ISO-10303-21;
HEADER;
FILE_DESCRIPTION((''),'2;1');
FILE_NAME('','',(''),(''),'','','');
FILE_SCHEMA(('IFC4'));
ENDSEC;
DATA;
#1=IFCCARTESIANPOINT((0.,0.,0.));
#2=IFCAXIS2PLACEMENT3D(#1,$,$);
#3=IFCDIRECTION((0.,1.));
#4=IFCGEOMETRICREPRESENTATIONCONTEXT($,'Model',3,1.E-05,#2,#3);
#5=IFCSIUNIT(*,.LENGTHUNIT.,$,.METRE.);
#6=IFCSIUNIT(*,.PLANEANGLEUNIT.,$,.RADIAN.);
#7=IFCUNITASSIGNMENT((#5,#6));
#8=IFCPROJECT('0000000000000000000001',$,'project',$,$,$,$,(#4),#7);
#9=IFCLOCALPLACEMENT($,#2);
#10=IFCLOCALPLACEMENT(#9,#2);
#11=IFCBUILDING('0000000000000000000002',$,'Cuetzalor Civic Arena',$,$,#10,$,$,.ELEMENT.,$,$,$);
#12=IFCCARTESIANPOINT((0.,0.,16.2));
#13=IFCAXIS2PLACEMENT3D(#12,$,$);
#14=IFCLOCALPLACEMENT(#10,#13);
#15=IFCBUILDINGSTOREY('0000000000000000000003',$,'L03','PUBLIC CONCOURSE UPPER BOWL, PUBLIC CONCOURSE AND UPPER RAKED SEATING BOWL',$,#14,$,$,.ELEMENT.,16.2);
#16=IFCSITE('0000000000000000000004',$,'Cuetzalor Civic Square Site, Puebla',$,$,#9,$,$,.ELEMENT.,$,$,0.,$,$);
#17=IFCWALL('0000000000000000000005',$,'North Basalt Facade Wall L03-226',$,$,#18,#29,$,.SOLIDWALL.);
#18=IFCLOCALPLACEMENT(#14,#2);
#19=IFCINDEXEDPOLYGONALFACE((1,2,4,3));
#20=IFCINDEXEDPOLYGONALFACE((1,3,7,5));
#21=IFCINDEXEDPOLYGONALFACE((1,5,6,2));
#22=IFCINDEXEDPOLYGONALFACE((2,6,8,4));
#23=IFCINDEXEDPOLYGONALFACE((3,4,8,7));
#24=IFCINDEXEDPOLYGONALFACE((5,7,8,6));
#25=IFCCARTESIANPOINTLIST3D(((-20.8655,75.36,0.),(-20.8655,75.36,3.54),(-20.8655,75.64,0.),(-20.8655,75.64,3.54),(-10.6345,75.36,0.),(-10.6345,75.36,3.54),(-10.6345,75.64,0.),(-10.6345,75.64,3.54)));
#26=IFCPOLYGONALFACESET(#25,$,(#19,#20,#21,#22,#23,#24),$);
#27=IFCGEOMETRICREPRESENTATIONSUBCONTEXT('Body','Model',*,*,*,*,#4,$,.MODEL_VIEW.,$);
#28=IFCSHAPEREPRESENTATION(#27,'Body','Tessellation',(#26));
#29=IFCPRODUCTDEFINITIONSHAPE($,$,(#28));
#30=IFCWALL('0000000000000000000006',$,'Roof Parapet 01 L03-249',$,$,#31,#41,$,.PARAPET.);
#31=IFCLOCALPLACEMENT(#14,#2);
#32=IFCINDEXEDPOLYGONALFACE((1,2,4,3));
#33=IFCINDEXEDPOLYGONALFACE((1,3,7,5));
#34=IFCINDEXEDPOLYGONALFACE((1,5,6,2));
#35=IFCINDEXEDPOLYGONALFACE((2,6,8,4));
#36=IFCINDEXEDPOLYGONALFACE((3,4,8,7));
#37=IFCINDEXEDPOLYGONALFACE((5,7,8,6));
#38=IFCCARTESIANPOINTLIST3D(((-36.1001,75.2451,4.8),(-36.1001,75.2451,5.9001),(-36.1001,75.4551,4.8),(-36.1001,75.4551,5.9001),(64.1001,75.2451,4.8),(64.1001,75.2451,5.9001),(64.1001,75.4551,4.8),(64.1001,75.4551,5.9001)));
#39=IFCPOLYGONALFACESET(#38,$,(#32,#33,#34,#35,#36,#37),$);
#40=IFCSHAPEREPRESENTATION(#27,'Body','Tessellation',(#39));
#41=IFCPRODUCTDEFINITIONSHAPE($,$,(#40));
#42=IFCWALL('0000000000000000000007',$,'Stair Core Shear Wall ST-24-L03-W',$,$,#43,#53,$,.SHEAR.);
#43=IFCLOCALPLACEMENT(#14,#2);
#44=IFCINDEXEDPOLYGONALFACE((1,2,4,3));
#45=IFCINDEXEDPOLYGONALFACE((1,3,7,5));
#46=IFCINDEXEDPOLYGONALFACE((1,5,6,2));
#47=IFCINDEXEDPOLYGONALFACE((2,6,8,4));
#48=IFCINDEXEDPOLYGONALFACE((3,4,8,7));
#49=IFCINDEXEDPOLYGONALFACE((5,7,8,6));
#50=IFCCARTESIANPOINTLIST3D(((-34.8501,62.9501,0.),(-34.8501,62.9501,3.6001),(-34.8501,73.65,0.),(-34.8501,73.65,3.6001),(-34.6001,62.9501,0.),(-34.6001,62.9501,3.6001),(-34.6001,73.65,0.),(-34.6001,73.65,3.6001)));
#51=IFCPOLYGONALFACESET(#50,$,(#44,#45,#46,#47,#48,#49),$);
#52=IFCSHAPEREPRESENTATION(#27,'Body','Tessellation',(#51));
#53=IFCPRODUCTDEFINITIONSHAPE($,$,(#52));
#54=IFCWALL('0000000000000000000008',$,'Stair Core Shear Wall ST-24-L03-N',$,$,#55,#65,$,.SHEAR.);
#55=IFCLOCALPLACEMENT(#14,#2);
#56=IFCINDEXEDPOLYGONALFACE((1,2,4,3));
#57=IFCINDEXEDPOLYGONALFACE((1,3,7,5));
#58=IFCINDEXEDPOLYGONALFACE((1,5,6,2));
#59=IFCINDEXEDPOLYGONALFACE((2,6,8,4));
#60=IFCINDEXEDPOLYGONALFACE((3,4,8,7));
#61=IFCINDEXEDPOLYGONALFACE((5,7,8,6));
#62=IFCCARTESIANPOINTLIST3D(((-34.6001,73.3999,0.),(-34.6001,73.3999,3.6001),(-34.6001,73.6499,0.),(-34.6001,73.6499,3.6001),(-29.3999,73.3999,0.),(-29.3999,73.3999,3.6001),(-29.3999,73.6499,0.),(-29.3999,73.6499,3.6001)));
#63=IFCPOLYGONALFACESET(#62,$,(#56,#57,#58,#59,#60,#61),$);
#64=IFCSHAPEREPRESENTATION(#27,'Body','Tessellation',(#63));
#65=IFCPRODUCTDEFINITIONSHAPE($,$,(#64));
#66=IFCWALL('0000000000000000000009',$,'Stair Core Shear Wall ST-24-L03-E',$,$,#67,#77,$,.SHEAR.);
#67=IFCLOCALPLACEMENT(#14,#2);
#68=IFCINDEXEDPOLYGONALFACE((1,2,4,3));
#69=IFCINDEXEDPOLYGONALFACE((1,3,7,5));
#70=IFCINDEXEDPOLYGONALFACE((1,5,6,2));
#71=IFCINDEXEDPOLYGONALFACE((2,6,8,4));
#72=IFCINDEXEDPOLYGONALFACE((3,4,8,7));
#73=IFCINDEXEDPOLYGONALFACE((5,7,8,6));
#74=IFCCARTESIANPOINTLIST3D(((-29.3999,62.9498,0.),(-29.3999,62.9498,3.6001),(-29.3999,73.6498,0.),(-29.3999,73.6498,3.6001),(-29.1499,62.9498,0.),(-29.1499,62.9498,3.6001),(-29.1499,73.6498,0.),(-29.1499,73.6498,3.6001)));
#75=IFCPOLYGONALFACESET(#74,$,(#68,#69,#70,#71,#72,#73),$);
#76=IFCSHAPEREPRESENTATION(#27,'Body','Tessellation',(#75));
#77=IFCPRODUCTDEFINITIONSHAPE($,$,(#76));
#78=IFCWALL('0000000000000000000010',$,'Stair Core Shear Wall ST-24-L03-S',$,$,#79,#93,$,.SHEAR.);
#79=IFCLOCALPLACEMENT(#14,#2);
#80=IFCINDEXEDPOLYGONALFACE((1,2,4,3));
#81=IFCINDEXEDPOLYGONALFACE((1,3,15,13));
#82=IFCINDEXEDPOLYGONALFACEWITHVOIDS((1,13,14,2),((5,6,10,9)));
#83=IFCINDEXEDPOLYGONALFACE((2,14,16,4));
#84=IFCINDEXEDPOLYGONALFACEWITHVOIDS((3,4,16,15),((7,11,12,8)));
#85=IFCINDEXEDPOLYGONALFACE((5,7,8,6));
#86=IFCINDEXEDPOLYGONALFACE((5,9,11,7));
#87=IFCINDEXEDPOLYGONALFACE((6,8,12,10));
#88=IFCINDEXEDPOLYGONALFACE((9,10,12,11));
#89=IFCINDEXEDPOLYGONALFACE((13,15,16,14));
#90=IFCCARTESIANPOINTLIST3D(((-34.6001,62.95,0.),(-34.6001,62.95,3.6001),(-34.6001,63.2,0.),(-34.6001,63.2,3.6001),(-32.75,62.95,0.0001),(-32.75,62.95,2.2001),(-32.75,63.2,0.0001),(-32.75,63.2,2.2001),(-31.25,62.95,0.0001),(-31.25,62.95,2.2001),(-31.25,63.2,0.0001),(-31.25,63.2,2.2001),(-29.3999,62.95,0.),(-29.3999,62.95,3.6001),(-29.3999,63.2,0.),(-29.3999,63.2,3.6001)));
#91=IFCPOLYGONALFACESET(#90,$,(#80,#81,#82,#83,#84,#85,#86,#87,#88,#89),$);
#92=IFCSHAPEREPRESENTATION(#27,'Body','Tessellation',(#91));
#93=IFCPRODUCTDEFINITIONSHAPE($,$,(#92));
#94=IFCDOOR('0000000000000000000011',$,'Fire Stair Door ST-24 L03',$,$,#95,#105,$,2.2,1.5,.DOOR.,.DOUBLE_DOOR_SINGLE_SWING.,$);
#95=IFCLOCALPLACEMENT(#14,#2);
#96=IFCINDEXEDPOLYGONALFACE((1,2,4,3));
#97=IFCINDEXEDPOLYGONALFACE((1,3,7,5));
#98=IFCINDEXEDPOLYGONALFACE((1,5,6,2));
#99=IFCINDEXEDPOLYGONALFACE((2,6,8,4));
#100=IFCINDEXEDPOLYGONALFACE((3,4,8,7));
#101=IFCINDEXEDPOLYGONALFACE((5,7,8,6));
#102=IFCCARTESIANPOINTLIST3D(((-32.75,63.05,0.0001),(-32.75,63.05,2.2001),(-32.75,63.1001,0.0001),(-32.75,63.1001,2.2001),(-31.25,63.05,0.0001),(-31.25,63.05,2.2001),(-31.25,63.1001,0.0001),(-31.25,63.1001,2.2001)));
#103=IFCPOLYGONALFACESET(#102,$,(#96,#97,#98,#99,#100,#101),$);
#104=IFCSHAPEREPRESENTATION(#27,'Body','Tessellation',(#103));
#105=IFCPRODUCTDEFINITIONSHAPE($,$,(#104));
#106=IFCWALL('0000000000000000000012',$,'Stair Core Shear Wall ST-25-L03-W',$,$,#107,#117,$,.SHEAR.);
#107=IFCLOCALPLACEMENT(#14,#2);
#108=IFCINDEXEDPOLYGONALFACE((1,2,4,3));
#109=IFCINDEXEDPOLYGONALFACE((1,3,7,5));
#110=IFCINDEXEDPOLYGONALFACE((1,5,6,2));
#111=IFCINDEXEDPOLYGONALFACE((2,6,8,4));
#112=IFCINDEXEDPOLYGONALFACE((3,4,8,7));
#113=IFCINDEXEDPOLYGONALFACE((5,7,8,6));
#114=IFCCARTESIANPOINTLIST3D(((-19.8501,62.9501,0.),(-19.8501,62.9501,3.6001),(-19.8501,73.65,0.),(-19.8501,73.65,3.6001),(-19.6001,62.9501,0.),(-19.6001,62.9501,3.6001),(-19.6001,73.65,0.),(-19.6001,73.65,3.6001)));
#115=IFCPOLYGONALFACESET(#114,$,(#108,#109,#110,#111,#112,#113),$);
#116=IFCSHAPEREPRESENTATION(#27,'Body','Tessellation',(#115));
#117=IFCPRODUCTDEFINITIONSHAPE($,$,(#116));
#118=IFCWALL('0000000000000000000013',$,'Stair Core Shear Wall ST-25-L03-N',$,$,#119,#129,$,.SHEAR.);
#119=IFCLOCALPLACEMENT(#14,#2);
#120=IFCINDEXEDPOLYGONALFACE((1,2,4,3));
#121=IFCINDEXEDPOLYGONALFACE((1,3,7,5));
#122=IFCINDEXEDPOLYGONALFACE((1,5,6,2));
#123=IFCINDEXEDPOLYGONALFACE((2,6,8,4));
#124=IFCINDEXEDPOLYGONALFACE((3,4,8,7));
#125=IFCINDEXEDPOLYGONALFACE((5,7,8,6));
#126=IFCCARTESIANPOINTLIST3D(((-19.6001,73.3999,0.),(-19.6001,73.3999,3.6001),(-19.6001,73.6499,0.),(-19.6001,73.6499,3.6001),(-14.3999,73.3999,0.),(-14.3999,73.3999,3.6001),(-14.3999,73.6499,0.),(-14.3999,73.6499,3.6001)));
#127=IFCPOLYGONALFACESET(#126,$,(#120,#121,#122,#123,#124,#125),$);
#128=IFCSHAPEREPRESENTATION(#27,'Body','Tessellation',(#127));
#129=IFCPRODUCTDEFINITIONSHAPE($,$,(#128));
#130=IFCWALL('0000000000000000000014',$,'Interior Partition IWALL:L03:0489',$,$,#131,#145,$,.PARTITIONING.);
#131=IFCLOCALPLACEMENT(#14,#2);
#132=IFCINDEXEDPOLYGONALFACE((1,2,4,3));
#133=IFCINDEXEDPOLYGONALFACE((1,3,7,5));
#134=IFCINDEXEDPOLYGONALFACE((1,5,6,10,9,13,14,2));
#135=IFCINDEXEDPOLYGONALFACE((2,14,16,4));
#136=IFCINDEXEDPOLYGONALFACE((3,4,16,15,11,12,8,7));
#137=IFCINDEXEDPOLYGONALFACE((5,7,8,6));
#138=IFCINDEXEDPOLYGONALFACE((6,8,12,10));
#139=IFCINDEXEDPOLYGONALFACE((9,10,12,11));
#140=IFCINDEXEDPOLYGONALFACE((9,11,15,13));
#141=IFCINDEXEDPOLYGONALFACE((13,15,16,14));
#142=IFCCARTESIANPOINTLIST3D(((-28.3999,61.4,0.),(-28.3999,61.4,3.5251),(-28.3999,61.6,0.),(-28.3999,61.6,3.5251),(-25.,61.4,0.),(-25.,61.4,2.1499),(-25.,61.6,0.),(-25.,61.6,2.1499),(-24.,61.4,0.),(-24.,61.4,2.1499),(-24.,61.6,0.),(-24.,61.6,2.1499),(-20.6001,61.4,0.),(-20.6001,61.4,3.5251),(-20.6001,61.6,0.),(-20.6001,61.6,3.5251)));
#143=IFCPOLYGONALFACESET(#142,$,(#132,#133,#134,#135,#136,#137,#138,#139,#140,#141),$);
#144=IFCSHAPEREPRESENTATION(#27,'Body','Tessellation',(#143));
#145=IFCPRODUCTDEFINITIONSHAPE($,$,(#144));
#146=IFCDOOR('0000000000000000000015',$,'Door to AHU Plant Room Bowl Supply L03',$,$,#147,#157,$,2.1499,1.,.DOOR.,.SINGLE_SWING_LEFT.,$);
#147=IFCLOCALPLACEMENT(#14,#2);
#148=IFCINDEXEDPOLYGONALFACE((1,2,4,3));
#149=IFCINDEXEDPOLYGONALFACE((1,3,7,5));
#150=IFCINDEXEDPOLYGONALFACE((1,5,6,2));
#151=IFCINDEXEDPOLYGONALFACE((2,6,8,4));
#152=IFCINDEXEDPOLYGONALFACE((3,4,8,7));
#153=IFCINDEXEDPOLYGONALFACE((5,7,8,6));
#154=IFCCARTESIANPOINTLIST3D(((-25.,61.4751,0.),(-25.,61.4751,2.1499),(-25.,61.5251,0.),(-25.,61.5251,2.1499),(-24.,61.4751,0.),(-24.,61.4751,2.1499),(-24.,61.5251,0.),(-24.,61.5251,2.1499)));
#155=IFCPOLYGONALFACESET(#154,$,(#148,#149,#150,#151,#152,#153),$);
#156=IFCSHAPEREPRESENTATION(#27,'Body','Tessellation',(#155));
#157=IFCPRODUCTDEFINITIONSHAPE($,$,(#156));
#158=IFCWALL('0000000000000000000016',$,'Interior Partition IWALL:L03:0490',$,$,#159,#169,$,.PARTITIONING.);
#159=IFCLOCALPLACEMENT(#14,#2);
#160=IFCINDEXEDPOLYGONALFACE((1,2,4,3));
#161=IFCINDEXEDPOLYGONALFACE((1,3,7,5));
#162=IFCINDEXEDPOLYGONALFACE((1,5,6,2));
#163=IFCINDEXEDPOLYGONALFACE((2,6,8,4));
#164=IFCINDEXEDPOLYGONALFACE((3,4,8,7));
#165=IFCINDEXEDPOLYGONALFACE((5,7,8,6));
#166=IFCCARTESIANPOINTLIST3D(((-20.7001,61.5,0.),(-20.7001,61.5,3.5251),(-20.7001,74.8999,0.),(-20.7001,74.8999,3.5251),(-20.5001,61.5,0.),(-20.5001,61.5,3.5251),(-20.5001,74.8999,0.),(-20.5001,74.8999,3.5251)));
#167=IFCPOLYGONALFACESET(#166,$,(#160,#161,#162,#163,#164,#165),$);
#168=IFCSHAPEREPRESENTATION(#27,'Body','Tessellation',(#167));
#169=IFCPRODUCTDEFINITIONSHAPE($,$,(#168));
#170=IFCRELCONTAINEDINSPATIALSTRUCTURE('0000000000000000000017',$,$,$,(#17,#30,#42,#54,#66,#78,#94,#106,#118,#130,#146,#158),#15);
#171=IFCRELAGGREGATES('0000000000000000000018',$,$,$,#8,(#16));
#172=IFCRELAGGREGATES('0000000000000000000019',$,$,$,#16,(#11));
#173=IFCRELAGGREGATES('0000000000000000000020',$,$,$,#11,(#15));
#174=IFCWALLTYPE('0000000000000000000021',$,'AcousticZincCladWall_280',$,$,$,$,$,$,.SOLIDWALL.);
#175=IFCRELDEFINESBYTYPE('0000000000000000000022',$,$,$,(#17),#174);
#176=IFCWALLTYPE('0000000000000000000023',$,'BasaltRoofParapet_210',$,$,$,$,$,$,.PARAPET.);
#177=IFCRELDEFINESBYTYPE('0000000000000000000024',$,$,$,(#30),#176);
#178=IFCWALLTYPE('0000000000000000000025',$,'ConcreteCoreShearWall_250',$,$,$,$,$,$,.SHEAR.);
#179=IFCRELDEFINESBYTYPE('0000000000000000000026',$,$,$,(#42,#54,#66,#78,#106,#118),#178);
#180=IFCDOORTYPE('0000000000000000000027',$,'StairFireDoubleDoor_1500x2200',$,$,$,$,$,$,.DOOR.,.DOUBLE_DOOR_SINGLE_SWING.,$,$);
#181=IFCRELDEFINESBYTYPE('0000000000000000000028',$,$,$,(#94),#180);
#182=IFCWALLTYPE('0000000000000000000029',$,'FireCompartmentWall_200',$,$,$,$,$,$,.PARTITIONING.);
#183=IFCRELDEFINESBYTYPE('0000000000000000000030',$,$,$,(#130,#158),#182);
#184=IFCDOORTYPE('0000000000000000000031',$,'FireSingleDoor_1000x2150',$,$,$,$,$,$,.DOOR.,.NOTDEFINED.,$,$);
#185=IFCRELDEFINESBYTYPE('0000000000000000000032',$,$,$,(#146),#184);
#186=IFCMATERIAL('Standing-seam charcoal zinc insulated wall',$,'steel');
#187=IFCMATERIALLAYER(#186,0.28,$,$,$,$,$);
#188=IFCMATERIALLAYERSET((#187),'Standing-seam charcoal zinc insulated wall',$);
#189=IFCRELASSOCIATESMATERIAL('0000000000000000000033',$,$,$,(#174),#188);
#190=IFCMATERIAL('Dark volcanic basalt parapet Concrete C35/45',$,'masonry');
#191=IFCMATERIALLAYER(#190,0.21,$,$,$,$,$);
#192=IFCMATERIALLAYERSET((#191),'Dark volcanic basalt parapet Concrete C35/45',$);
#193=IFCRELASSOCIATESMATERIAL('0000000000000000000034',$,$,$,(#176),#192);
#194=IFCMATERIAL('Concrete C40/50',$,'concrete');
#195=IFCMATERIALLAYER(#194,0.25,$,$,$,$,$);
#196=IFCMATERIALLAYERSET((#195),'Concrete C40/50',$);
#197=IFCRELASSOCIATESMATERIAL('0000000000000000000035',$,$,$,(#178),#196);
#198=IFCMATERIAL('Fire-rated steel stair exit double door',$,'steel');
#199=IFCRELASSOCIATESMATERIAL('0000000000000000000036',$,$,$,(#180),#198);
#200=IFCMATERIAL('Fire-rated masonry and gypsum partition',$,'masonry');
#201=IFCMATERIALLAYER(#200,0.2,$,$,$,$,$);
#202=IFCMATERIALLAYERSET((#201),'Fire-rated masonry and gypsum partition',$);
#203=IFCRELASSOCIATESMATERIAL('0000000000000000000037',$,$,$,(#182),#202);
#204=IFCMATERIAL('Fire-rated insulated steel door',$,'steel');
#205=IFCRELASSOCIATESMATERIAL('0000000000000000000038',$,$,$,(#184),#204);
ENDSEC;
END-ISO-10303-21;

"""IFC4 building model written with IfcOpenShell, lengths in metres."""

from ifc_helpers import new_model, si_unit, direction, frame, frame_2d, origin, place, context, subcontext, project, spatial, rectangle, extrude, material, layer, layer_set, type_object, element, fill, save


model = new_model("IFC4")

# Units and contexts
model_context = context("Model", 3, precision=1e-05, world=origin(), true_north=direction((0.0, 1.0)))
body_context = subcontext(model_context, "Body", "Model", "MODEL_VIEW")
ifc_project = project(units=[si_unit("LENGTHUNIT", "METRE"), si_unit("PLANEANGLEUNIT", "RADIAN")], contexts=[model_context])

# Site, building, storey
site_placement = place(None, origin())
site = spatial("IfcSite", under=ifc_project, at=site_placement, Name="Cuetzalor Civic Square Site, Puebla", CompositionType="ELEMENT", RefElevation=0.0)
building_placement = place(site_placement, origin())
building = spatial("IfcBuilding", under=site, at=building_placement, Name="Cuetzalor Civic Arena", CompositionType="ELEMENT")
storey_placement = place(building_placement, frame((0.0, 0.0, 16.2)))
storey = spatial("IfcBuildingStorey", under=building, at=storey_placement, Name="L03", Description="PUBLIC CONCOURSE UPPER BOWL, PUBLIC CONCOURSE AND UPPER RAKED SEATING BOWL", CompositionType="ELEMENT", Elevation=16.2)

# Walls
ifc_material_1 = material(Name="Standing-seam charcoal zinc insulated wall", Category="steel")
ifc_layer_1 = layer(ifc_material_1, 0.28)
ifc_layer_set_1 = layer_set([ifc_layer_1], Name="Standing-seam charcoal zinc insulated wall")
wall_type_1 = type_object("IfcWallType", Name="AcousticZincCladWall_280", PredefinedType="SOLIDWALL", material=ifc_layer_set_1)
wall_1_placement = place(storey_placement, frame((-20.8655, 75.5, 0.0), z_axis=(0.0, 0.0, 1.0), x_axis=(1.0, 0.0, 0.0)))
element("IfcWall", 1, at=wall_1_placement, inside=storey, type_object=wall_type_1, Name="North Basalt Facade Wall L03-226", PredefinedType="SOLIDWALL", context=body_context, shape_type="SweptSolid", body=[
    extrude(rectangle(XDim=10.231, YDim=0.28, at=frame_2d((5.1155, 0.0))), origin(), (0.0, 0.0, 1.0), 3.54),
])
ifc_material_2 = material(Name="Dark volcanic basalt parapet Concrete C35/45", Category="masonry")
ifc_layer_2 = layer(ifc_material_2, 0.21)
ifc_layer_set_2 = layer_set([ifc_layer_2], Name="Dark volcanic basalt parapet Concrete C35/45")
wall_type_2 = type_object("IfcWallType", Name="BasaltRoofParapet_210", PredefinedType="PARAPET", material=ifc_layer_set_2)
wall_2_placement = place(storey_placement, frame((-36.1001, 75.3501, 4.8), z_axis=(0.0, 0.0, 1.0), x_axis=(1.0, 0.0, 0.0)))
element("IfcWall", 2, at=wall_2_placement, inside=storey, type_object=wall_type_2, Name="Roof Parapet 01 L03-249", PredefinedType="PARAPET", context=body_context, shape_type="SweptSolid", body=[
    extrude(rectangle(XDim=100.2002, YDim=0.21, at=frame_2d((50.1001, 0.0))), origin(), (0.0, 0.0, 1.0), 1.1001),
])
ifc_material_3 = material(Name="Concrete C40/50", Category="concrete")
ifc_layer_3 = layer(ifc_material_3, 0.25)
ifc_layer_set_3 = layer_set([ifc_layer_3], Name="Concrete C40/50")
wall_type_3 = type_object("IfcWallType", Name="ConcreteCoreShearWall_250", PredefinedType="SHEAR", material=ifc_layer_set_3)
wall_3_placement = place(storey_placement, frame((-34.7251, 62.95, 0.0), z_axis=(0.0, 0.0, 1.0), x_axis=(0.0, 1.0, 0.0)))
element("IfcWall", 3, at=wall_3_placement, inside=storey, type_object=wall_type_3, Name="Stair Core Shear Wall ST-24-L03-W", PredefinedType="SHEAR", context=body_context, shape_type="SweptSolid", body=[
    extrude(rectangle(XDim=10.7, YDim=0.25, at=frame_2d((5.3501, 0.0))), origin(), (0.0, 0.0, 1.0), 3.6001),
])
wall_4_placement = place(storey_placement, frame((-34.6001, 73.5249, 0.0), z_axis=(0.0, 0.0, 1.0), x_axis=(1.0, 0.0, 0.0)))
element("IfcWall", 4, at=wall_4_placement, inside=storey, type_object=wall_type_3, Name="Stair Core Shear Wall ST-24-L03-N", PredefinedType="SHEAR", context=body_context, shape_type="SweptSolid", body=[
    extrude(rectangle(XDim=5.2002, YDim=0.25, at=frame_2d((2.6001, 0.0))), origin(), (0.0, 0.0, 1.0), 3.6001),
])
wall_5_placement = place(storey_placement, frame((-29.2749, 73.6499, 0.0), z_axis=(0.0, 0.0, 1.0), x_axis=(0.0, -1.0, 0.0)))
element("IfcWall", 5, at=wall_5_placement, inside=storey, type_object=wall_type_3, Name="Stair Core Shear Wall ST-24-L03-E", PredefinedType="SHEAR", context=body_context, shape_type="SweptSolid", body=[
    extrude(rectangle(XDim=10.7, YDim=0.25, at=frame_2d((5.3501, 0.0))), origin(), (0.0, 0.0, 1.0), 3.6001),
])

# Wall, opening, door
wall_6_placement = place(storey_placement, frame((-29.3999, 63.075, 0.0), z_axis=(0.0, 0.0, 1.0), x_axis=(-1.0, 0.0, 0.0)))
wall_6 = element("IfcWall", 6, at=wall_6_placement, inside=storey, type_object=wall_type_3, Name="Stair Core Shear Wall ST-24-L03-S", PredefinedType="SHEAR", context=body_context, shape_type="SweptSolid", body=[
    extrude(rectangle(XDim=5.2002, YDim=0.25, at=frame_2d((2.6001, 0.0))), origin(), (0.0, 0.0, 1.0), 3.6001),
])
opening_1_placement = place(wall_6_placement, frame((1.8501, 0.0, 0.0)))
opening_1 = element("IfcOpeningElement", 7, at=opening_1_placement, cuts=wall_6, PredefinedType="OPENING", context=body_context, shape_type="SweptSolid", body=[
    extrude(rectangle(XDim=1.5, YDim=2.2, at=frame_2d((0.75, 1.1001))), frame((0.0, 0.135, 0.0), z_axis=(0.0, -1.0, 0.0), x_axis=(1.0, 0.0, 0.0)), (0.0, 0.0, 1.0), 0.27),
])
ifc_material_4 = material(Name="Fire-rated steel stair exit double door", Category="steel")
door_type_1 = type_object("IfcDoorType", Name="StairFireDoubleDoor_1500x2200", OperationType="DOUBLE_DOOR_SINGLE_SWING", PredefinedType="DOOR", material=ifc_material_4)
door_1_placement = place(opening_1_placement, origin())
door_1 = element("IfcDoor", 8, at=door_1_placement, inside=storey, type_object=door_type_1, Name="Fire Stair Door ST-24 L03", OperationType="DOUBLE_DOOR_SINGLE_SWING", OverallHeight=2.2, OverallWidth=1.5, PredefinedType="DOOR", context=body_context, shape_type="SweptSolid", body=[
    extrude(rectangle(XDim=1.5, YDim=2.2, at=frame_2d((0.75, 1.1001))), frame((0.0, 0.0249, 0.0), z_axis=(0.0, -1.0, 0.0), x_axis=(1.0, 0.0, 0.0)), (0.0, 0.0, 1.0), 0.05),
])
fill(opening_1, door_1)

# Walls
wall_7_placement = place(storey_placement, frame((-19.7251, 62.95, 0.0), z_axis=(0.0, 0.0, 1.0), x_axis=(0.0, 1.0, 0.0)))
element("IfcWall", 9, at=wall_7_placement, inside=storey, type_object=wall_type_3, Name="Stair Core Shear Wall ST-25-L03-W", PredefinedType="SHEAR", context=body_context, shape_type="SweptSolid", body=[
    extrude(rectangle(XDim=10.7, YDim=0.25, at=frame_2d((5.3501, 0.0))), origin(), (0.0, 0.0, 1.0), 3.6001),
])
wall_8_placement = place(storey_placement, frame((-19.6001, 73.5249, 0.0), z_axis=(0.0, 0.0, 1.0), x_axis=(1.0, 0.0, 0.0)))
element("IfcWall", 10, at=wall_8_placement, inside=storey, type_object=wall_type_3, Name="Stair Core Shear Wall ST-25-L03-N", PredefinedType="SHEAR", context=body_context, shape_type="SweptSolid", body=[
    extrude(rectangle(XDim=5.2002, YDim=0.25, at=frame_2d((2.6001, 0.0))), origin(), (0.0, 0.0, 1.0), 3.6001),
])

# Wall, opening, door
ifc_material_5 = material(Name="Fire-rated masonry and gypsum partition", Category="masonry")
ifc_layer_4 = layer(ifc_material_5, 0.2)
ifc_layer_set_4 = layer_set([ifc_layer_4], Name="Fire-rated masonry and gypsum partition")
wall_type_4 = type_object("IfcWallType", Name="FireCompartmentWall_200", PredefinedType="PARTITIONING", material=ifc_layer_set_4)
wall_9_placement = place(storey_placement, frame((-20.6001, 61.5, 0.0), z_axis=(0.0, 0.0, 1.0), x_axis=(-1.0, 0.0, 0.0)))
wall_9 = element("IfcWall", 11, at=wall_9_placement, inside=storey, type_object=wall_type_4, Name="Interior Partition IWALL:L03:0489", PredefinedType="PARTITIONING", context=body_context, shape_type="SweptSolid", body=[
    extrude(rectangle(XDim=7.7998, YDim=0.2, at=frame_2d((3.8999, 0.0))), origin(), (0.0, 0.0, 1.0), 3.5251),
])
opening_2_placement = place(wall_9_placement, frame((3.3999, 0.0, 0.0)))
opening_2 = element("IfcOpeningElement", 12, at=opening_2_placement, cuts=wall_9, PredefinedType="OPENING", context=body_context, shape_type="SweptSolid", body=[
    extrude(rectangle(XDim=1.0, YDim=2.1499, at=frame_2d((0.5, 1.075))), frame((0.0, 0.1099, 0.0), z_axis=(0.0, -1.0, 0.0), x_axis=(1.0, 0.0, 0.0)), (0.0, 0.0, 1.0), 0.22),
])
ifc_material_6 = material(Name="Fire-rated insulated steel door", Category="steel")
door_type_2 = type_object("IfcDoorType", Name="FireSingleDoor_1000x2150", OperationType="NOTDEFINED", PredefinedType="DOOR", material=ifc_material_6)
door_2_placement = place(opening_2_placement, origin())
door_2 = element("IfcDoor", 13, at=door_2_placement, inside=storey, type_object=door_type_2, Name="Door to AHU Plant Room Bowl Supply L03", OperationType="SINGLE_SWING_LEFT", OverallHeight=2.1499, OverallWidth=1.0, PredefinedType="DOOR", context=body_context, shape_type="SweptSolid", body=[
    extrude(rectangle(XDim=1.0, YDim=2.1499, at=frame_2d((0.5, 1.075))), frame((0.0, 0.0249, 0.0), z_axis=(0.0, -1.0, 0.0), x_axis=(1.0, 0.0, 0.0)), (0.0, 0.0, 1.0), 0.05),
])
fill(opening_2, door_2)

# Wall
wall_10_placement = place(storey_placement, frame((-20.6001, 74.8999, 0.0), z_axis=(0.0, 0.0, 1.0), x_axis=(0.0, -1.0, 0.0)))
element("IfcWall", 14, at=wall_10_placement, inside=storey, type_object=wall_type_4, Name="Interior Partition IWALL:L03:0490", PredefinedType="PARTITIONING", context=body_context, shape_type="SweptSolid", body=[
    extrude(rectangle(XDim=13.3999, YDim=0.2, at=frame_2d((6.7, 0.0))), origin(), (0.0, 0.0, 1.0), 3.5251),
])

save(model, "model.ifc")
